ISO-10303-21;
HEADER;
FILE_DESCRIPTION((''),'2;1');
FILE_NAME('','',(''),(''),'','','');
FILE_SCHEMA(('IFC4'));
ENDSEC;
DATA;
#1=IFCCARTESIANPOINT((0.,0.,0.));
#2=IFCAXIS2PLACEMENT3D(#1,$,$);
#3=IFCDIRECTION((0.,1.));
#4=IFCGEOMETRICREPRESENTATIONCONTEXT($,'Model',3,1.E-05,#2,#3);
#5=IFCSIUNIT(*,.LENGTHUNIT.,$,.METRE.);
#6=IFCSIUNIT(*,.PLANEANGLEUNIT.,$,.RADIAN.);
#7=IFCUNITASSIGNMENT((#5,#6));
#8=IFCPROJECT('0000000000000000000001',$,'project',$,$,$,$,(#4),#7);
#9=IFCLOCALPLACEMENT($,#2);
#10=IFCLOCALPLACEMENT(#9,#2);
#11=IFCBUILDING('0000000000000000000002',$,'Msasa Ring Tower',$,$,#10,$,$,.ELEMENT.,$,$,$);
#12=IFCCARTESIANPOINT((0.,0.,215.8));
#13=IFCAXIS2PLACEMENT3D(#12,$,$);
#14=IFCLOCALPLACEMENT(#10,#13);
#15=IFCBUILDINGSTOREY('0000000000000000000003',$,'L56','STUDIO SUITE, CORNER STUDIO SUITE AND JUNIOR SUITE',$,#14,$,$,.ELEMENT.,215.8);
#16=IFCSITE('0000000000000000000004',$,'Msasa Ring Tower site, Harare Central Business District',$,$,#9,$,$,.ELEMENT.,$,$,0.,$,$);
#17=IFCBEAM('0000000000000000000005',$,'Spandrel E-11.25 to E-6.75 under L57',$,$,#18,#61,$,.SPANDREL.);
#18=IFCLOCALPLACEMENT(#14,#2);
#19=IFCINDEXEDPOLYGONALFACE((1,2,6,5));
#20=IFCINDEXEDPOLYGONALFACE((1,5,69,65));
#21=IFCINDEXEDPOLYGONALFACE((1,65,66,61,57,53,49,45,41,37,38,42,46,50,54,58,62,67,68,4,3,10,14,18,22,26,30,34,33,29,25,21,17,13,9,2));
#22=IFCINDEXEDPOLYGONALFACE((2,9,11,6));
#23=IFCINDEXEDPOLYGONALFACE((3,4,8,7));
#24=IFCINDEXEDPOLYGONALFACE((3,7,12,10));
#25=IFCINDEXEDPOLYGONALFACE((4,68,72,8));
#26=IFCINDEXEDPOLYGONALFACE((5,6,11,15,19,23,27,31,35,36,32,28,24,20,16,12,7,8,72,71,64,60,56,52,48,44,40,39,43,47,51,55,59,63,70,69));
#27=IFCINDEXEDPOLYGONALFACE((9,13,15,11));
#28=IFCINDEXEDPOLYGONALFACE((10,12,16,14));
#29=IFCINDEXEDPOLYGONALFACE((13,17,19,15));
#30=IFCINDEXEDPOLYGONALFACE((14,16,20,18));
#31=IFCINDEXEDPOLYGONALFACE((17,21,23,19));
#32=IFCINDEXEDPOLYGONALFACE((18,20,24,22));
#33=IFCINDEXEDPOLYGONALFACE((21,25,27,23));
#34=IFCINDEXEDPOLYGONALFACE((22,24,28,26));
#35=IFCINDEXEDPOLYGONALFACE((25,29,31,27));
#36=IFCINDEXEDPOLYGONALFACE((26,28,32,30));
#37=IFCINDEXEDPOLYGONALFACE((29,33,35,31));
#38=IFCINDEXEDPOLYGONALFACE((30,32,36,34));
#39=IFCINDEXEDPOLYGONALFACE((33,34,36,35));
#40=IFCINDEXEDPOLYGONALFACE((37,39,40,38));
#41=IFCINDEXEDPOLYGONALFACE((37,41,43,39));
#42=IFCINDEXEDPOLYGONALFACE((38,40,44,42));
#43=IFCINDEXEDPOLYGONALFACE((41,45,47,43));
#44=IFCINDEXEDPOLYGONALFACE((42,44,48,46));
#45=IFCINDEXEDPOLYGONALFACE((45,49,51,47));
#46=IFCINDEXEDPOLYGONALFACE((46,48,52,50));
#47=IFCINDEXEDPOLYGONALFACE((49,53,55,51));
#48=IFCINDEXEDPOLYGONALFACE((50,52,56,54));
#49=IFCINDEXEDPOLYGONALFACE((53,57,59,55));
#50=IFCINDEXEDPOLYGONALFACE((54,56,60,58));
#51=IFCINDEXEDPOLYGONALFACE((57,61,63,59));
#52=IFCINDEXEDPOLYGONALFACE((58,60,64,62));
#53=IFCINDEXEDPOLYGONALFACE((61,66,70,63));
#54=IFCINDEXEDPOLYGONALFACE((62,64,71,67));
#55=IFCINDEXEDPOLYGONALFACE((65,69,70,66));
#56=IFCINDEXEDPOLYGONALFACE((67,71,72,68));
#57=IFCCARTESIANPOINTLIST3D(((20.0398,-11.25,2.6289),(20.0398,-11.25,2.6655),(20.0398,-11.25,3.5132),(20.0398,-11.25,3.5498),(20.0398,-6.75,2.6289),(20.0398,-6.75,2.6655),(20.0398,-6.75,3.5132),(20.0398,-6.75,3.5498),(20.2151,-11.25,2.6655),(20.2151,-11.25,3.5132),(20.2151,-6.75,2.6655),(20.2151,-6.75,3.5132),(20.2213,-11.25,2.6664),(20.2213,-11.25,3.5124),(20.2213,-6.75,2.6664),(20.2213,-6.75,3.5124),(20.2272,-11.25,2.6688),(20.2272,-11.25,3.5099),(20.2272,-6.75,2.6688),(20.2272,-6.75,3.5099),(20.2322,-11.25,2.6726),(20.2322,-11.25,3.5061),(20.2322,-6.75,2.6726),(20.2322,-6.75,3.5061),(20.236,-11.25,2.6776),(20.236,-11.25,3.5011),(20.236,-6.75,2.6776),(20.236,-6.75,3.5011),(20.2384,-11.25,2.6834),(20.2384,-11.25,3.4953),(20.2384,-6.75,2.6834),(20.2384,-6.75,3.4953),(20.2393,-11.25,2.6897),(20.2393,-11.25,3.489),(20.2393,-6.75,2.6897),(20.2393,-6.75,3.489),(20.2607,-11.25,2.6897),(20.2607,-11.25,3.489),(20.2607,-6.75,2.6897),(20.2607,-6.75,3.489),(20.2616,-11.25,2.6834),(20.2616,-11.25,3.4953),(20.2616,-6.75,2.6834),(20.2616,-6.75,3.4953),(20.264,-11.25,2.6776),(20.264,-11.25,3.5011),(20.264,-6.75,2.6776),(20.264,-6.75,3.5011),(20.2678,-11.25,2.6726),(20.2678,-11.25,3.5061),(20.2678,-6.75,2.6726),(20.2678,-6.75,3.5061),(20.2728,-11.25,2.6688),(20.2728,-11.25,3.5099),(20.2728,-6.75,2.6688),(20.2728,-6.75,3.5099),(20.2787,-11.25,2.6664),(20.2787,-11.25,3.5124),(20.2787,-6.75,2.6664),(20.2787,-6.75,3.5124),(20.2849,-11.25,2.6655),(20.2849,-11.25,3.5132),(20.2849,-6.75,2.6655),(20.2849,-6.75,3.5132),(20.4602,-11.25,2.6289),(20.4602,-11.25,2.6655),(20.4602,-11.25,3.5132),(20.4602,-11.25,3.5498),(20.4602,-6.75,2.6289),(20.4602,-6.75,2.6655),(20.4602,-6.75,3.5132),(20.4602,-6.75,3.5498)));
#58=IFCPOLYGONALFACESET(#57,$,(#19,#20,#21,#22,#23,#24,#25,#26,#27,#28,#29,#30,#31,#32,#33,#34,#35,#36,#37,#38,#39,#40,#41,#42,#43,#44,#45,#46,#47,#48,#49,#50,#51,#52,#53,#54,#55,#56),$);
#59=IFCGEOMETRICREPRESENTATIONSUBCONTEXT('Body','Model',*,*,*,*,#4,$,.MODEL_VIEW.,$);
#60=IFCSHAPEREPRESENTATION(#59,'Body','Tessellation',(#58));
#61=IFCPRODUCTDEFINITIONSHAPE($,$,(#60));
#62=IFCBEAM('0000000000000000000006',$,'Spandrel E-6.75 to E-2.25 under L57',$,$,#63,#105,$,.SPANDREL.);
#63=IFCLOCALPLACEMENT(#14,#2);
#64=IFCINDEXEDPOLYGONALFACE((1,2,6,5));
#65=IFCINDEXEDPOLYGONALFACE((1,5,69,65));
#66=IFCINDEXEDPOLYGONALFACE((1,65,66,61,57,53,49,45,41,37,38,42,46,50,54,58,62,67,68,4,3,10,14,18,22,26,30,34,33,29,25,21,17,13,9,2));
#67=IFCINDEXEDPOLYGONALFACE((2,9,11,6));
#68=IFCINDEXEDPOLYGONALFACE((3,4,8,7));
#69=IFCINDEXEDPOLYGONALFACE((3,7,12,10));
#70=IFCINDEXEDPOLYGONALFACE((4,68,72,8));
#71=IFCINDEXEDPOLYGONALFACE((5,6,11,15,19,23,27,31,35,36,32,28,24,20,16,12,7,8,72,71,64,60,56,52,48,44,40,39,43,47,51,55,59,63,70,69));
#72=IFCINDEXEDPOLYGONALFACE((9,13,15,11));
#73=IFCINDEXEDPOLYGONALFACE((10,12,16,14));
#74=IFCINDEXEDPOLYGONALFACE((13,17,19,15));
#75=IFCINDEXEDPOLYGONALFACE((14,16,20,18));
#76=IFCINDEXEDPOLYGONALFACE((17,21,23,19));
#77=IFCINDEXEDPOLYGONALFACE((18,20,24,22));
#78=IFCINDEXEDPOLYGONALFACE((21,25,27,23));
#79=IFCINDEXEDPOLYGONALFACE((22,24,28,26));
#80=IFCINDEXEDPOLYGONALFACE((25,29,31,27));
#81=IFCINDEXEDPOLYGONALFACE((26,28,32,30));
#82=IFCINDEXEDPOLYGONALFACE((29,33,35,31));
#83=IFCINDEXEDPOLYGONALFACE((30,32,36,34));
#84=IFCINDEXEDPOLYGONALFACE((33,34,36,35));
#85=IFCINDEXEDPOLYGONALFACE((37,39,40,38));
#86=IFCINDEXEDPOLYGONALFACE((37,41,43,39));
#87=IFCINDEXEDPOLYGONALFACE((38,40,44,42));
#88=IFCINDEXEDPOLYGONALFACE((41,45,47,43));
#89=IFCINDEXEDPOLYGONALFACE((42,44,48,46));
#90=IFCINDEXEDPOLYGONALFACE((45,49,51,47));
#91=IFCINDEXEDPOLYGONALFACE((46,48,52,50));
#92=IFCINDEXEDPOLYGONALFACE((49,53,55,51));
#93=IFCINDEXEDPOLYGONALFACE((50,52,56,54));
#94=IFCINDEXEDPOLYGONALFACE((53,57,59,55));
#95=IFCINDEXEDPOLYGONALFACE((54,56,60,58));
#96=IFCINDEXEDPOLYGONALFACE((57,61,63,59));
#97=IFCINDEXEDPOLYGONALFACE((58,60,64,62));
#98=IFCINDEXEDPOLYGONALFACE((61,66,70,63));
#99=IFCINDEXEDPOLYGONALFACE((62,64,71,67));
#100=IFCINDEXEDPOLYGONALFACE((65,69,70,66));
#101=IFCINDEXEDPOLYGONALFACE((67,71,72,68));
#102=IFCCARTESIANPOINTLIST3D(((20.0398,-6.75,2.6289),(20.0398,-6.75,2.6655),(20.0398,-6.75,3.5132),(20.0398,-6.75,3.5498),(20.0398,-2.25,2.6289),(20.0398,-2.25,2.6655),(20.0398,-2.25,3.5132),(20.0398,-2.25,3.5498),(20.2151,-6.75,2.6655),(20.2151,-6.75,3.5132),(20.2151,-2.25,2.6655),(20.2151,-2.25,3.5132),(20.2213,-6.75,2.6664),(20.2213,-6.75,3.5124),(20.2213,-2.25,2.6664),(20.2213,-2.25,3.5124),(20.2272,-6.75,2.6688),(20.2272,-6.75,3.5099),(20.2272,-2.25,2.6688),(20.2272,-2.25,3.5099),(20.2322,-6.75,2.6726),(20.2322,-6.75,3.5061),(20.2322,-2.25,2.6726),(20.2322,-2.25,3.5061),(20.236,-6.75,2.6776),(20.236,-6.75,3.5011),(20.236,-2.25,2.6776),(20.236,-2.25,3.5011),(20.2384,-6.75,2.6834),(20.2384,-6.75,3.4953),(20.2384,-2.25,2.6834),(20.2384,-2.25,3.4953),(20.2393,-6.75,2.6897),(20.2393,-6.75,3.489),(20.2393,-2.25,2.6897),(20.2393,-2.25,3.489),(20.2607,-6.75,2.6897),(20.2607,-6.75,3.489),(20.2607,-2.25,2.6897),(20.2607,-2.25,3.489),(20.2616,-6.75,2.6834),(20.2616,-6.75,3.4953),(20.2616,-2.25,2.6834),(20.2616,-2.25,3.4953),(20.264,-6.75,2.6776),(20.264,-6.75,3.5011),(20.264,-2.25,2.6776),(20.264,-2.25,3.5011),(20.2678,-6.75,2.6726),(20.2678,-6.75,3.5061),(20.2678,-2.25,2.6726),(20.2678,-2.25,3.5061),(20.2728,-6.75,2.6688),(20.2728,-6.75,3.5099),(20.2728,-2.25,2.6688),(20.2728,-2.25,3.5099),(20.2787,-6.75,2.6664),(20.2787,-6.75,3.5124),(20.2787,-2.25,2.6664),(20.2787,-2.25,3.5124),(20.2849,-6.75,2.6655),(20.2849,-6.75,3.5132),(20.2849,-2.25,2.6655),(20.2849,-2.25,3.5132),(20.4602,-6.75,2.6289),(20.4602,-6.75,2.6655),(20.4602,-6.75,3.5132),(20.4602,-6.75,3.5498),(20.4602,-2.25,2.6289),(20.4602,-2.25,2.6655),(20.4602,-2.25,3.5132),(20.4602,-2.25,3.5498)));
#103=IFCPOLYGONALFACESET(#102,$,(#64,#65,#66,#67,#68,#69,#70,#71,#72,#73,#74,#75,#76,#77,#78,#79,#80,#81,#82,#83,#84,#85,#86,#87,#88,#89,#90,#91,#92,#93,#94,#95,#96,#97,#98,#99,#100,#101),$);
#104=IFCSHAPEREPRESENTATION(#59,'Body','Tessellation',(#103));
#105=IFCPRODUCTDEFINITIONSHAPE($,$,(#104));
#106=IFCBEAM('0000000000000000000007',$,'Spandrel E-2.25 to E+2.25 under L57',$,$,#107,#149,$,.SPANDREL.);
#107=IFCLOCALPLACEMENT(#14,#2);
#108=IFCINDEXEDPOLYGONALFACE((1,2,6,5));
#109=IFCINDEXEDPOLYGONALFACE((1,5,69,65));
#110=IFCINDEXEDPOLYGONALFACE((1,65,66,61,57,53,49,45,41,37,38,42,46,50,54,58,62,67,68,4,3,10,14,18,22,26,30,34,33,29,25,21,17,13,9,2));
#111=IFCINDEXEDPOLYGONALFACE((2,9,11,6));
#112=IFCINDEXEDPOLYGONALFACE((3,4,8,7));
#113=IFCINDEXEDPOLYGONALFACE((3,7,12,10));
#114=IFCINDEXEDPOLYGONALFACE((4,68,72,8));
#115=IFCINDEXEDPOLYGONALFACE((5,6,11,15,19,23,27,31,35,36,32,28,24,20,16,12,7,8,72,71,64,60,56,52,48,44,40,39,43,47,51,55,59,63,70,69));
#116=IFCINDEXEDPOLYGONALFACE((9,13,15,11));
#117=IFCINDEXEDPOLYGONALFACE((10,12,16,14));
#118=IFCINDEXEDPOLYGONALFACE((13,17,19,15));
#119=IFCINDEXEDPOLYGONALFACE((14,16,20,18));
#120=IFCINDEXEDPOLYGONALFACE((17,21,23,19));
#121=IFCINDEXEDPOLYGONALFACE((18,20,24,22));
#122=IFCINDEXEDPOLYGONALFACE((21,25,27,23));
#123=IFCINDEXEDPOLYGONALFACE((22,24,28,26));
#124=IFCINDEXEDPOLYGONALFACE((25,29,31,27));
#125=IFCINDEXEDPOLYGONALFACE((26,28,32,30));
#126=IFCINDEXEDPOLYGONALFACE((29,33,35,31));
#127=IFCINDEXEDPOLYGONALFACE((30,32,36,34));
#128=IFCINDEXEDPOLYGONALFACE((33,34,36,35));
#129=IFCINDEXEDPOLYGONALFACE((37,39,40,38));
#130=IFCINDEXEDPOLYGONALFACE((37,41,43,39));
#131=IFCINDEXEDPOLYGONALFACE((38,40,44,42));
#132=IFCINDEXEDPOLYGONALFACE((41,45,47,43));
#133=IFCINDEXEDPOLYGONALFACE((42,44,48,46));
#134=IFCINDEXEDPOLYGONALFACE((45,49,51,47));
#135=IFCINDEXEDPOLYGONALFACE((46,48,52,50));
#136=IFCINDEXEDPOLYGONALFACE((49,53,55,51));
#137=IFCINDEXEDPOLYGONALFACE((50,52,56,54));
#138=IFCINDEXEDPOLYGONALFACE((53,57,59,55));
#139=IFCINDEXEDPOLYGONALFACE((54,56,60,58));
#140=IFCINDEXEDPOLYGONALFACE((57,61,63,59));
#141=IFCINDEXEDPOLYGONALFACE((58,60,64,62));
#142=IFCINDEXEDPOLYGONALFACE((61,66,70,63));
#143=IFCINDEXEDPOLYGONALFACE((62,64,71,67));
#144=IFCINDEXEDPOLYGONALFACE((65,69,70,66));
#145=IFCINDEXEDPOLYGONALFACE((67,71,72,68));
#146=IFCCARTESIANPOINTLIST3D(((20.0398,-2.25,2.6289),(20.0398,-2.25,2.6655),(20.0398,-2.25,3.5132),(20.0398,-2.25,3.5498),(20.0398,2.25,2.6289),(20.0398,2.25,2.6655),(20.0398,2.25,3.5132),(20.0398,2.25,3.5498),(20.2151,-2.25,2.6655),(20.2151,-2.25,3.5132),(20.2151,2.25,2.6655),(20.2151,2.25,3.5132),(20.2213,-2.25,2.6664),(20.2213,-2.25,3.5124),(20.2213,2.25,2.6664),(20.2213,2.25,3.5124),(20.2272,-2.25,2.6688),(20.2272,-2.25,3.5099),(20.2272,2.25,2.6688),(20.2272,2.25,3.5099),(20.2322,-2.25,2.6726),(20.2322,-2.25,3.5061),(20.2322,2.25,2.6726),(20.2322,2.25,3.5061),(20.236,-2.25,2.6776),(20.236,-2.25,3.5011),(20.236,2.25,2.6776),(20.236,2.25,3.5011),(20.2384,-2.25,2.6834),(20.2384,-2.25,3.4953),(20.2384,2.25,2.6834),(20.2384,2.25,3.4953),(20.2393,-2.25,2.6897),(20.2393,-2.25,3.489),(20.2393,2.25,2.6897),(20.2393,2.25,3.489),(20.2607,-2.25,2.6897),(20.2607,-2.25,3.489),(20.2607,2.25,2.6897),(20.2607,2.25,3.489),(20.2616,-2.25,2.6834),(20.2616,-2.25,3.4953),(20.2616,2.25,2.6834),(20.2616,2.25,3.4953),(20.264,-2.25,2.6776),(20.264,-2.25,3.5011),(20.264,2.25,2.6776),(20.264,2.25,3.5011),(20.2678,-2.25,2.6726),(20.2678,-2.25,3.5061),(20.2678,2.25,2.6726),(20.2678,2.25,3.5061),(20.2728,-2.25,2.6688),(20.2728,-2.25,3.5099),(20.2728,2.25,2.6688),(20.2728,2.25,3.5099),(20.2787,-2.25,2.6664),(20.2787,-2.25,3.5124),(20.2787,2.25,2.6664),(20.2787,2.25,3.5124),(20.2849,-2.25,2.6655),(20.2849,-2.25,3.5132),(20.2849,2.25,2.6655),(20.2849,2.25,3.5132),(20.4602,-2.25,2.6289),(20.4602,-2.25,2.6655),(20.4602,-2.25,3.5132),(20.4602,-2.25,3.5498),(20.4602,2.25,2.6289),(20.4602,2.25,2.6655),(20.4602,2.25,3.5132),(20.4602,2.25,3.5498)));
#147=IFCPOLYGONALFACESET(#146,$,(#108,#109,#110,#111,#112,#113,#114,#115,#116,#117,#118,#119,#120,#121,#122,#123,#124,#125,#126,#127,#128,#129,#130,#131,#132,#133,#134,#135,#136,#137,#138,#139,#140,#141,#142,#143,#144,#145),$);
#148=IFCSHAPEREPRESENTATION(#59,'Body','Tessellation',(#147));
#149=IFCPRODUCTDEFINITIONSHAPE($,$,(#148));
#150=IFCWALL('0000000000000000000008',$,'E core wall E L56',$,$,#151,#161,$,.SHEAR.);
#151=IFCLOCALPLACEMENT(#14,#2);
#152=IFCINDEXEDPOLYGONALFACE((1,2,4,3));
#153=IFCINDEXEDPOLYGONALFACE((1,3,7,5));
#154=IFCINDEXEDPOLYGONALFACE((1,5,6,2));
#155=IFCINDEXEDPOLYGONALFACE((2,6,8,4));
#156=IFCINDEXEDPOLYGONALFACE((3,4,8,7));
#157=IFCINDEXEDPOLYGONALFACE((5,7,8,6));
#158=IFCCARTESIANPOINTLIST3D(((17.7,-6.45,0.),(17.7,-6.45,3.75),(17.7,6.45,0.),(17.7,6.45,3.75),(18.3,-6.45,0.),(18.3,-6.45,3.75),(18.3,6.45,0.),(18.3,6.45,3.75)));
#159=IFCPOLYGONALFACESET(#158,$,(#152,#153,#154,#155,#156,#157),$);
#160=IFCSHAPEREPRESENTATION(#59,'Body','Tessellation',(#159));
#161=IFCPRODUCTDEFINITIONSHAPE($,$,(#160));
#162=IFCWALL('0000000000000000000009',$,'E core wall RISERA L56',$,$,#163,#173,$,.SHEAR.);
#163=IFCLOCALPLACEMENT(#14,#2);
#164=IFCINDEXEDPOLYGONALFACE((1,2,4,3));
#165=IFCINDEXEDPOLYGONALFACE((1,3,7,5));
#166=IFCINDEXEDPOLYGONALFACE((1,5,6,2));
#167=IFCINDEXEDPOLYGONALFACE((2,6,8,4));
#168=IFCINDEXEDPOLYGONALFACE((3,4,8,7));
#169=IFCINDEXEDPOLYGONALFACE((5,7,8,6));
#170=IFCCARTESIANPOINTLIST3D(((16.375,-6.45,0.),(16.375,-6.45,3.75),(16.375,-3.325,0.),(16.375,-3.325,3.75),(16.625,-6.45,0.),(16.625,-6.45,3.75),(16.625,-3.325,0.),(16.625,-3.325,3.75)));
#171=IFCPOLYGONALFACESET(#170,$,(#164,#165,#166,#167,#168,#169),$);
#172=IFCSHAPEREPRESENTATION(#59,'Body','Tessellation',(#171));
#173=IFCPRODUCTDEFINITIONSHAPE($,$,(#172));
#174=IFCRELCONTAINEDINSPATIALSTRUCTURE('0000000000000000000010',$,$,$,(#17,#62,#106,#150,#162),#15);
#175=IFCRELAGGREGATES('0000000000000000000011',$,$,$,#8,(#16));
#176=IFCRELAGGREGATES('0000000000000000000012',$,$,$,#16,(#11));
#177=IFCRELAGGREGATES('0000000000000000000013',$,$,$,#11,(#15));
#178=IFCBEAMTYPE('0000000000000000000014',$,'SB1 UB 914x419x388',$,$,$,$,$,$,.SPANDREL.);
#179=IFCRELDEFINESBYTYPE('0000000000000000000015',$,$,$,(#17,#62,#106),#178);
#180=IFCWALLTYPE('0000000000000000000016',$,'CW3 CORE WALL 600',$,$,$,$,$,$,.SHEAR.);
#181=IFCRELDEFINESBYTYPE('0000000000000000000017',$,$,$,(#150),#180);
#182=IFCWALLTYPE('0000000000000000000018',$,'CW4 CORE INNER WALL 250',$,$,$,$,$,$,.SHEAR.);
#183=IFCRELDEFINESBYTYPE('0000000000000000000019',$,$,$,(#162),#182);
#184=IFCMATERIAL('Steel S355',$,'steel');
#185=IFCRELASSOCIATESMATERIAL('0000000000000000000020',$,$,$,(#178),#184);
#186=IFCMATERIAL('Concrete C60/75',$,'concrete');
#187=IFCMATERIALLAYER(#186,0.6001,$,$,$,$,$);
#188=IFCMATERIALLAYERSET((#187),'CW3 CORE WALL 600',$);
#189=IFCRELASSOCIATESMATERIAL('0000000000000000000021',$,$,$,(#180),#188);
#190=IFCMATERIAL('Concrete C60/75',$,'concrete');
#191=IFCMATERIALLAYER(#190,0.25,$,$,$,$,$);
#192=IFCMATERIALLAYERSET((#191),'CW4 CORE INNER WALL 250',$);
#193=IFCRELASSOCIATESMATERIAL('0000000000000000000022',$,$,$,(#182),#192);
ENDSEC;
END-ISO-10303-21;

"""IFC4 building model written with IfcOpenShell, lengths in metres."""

from ifc_helpers import new_model, si_unit, direction, frame, frame_2d, origin, origin_2d, place, context, subcontext, project, spatial, rectangle, i_section, extrude, material, layer, layer_set, material_profile, profile_set, type_object, element, save


model = new_model("IFC4")

# Units and contexts
model_context = context("Model", 3, precision=1e-05, world=origin(), true_north=direction((0.0, 1.0)))
body_context = subcontext(model_context, "Body", "Model", "MODEL_VIEW")
ifc_project = project(units=[si_unit("LENGTHUNIT", "METRE"), si_unit("PLANEANGLEUNIT", "RADIAN")], contexts=[model_context])

# Site, building, storey
site_placement = place(None, origin())
site = spatial("IfcSite", under=ifc_project, at=site_placement, Name="Msasa Ring Tower site, Harare Central Business District", CompositionType="ELEMENT", RefElevation=0.0)
building_placement = place(site_placement, origin())
building = spatial("IfcBuilding", under=site, at=building_placement, Name="Msasa Ring Tower", CompositionType="ELEMENT")
storey_placement = place(building_placement, frame((0.0, 0.0, 215.8)))
storey = spatial("IfcBuildingStorey", under=building, at=storey_placement, Name="L56", Description="STUDIO SUITE, CORNER STUDIO SUITE AND JUNIOR SUITE", CompositionType="ELEMENT", Elevation=215.8)

# Beams
ifc_material_1 = material(Name="Steel S355", Category="steel")
ifc_material_profile_1 = material_profile(ifc_material_1, i_section(OverallWidth=0.4204, OverallDepth=0.9209, WebThickness=0.0215, FlangeThickness=0.0366, FilletRadius=0.0242, at=origin_2d()), Name="UB 914x419x388")
ifc_profile_set_1 = profile_set([ifc_material_profile_1], Name="Steel S355")
beam_type_1 = type_object("IfcBeamType", Name="SB1 UB 914x419x388", PredefinedType="SPANDREL", material=ifc_profile_set_1)
for number, where, z_axis, x_axis, name in (
    (1, (20.25, -11.25, 3.0894), (0.0, 1.0, 0.0), (-1.0, 0.0, 0.0), "Spandrel E-11.25 to E-6.75 under L57"),
    (2, (20.25, -6.75, 3.0894), (0.0, 1.0, 0.0), (-1.0, 0.0, 0.0), "Spandrel E-6.75 to E-2.25 under L57"),
    (3, (20.25, -2.25, 3.0894), (0.0, 1.0, 0.0), (-1.0, 0.0, 0.0), "Spandrel E-2.25 to E+2.25 under L57"),
):
    element("IfcBeam", number, at=place(storey_placement, frame(where, z_axis=z_axis, x_axis=x_axis)), inside=storey, type_object=beam_type_1, Name=name, PredefinedType="SPANDREL", context=body_context, shape_type="SweptSolid", body=[
        extrude(i_section(OverallWidth=0.4204, OverallDepth=0.9209, WebThickness=0.0215, FlangeThickness=0.0366, FilletRadius=0.0242, at=origin_2d()), origin(), (0.0, 0.0, 1.0), 4.5),
    ])

# Walls
ifc_material_2 = material(Name="Concrete C60/75", Category="concrete")
ifc_layer_1 = layer(ifc_material_2, 0.6001)
ifc_layer_set_1 = layer_set([ifc_layer_1], Name="CW3 CORE WALL 600")
wall_type_1 = type_object("IfcWallType", Name="CW3 CORE WALL 600", PredefinedType="SHEAR", material=ifc_layer_set_1)
wall_1_placement = place(storey_placement, frame((18.0, -6.45, 0.0), z_axis=(0.0, 0.0, 1.0), x_axis=(0.0, 1.0, 0.0)))
element("IfcWall", 4, at=wall_1_placement, inside=storey, type_object=wall_type_1, Name="E core wall E L56", PredefinedType="SHEAR", context=body_context, shape_type="SweptSolid", body=[
    extrude(rectangle(XDim=12.8999, YDim=0.6001, at=frame_2d((6.45, 0.0))), origin(), (0.0, 0.0, 1.0), 3.75),
])
ifc_material_3 = material(Name="Concrete C60/75", Category="concrete")
ifc_layer_2 = layer(ifc_material_3, 0.25)
ifc_layer_set_2 = layer_set([ifc_layer_2], Name="CW4 CORE INNER WALL 250")
wall_type_2 = type_object("IfcWallType", Name="CW4 CORE INNER WALL 250", PredefinedType="SHEAR", material=ifc_layer_set_2)
wall_2_placement = place(storey_placement, frame((16.5, -6.45, 0.0), z_axis=(0.0, 0.0, 1.0), x_axis=(0.0, 1.0, 0.0)))
element("IfcWall", 5, at=wall_2_placement, inside=storey, type_object=wall_type_2, Name="E core wall RISERA L56", PredefinedType="SHEAR", context=body_context, shape_type="SweptSolid", body=[
    extrude(rectangle(XDim=3.125, YDim=0.25, at=frame_2d((1.5625, 0.0))), origin(), (0.0, 0.0, 1.0), 3.75),
])

save(model, "model.ifc")
